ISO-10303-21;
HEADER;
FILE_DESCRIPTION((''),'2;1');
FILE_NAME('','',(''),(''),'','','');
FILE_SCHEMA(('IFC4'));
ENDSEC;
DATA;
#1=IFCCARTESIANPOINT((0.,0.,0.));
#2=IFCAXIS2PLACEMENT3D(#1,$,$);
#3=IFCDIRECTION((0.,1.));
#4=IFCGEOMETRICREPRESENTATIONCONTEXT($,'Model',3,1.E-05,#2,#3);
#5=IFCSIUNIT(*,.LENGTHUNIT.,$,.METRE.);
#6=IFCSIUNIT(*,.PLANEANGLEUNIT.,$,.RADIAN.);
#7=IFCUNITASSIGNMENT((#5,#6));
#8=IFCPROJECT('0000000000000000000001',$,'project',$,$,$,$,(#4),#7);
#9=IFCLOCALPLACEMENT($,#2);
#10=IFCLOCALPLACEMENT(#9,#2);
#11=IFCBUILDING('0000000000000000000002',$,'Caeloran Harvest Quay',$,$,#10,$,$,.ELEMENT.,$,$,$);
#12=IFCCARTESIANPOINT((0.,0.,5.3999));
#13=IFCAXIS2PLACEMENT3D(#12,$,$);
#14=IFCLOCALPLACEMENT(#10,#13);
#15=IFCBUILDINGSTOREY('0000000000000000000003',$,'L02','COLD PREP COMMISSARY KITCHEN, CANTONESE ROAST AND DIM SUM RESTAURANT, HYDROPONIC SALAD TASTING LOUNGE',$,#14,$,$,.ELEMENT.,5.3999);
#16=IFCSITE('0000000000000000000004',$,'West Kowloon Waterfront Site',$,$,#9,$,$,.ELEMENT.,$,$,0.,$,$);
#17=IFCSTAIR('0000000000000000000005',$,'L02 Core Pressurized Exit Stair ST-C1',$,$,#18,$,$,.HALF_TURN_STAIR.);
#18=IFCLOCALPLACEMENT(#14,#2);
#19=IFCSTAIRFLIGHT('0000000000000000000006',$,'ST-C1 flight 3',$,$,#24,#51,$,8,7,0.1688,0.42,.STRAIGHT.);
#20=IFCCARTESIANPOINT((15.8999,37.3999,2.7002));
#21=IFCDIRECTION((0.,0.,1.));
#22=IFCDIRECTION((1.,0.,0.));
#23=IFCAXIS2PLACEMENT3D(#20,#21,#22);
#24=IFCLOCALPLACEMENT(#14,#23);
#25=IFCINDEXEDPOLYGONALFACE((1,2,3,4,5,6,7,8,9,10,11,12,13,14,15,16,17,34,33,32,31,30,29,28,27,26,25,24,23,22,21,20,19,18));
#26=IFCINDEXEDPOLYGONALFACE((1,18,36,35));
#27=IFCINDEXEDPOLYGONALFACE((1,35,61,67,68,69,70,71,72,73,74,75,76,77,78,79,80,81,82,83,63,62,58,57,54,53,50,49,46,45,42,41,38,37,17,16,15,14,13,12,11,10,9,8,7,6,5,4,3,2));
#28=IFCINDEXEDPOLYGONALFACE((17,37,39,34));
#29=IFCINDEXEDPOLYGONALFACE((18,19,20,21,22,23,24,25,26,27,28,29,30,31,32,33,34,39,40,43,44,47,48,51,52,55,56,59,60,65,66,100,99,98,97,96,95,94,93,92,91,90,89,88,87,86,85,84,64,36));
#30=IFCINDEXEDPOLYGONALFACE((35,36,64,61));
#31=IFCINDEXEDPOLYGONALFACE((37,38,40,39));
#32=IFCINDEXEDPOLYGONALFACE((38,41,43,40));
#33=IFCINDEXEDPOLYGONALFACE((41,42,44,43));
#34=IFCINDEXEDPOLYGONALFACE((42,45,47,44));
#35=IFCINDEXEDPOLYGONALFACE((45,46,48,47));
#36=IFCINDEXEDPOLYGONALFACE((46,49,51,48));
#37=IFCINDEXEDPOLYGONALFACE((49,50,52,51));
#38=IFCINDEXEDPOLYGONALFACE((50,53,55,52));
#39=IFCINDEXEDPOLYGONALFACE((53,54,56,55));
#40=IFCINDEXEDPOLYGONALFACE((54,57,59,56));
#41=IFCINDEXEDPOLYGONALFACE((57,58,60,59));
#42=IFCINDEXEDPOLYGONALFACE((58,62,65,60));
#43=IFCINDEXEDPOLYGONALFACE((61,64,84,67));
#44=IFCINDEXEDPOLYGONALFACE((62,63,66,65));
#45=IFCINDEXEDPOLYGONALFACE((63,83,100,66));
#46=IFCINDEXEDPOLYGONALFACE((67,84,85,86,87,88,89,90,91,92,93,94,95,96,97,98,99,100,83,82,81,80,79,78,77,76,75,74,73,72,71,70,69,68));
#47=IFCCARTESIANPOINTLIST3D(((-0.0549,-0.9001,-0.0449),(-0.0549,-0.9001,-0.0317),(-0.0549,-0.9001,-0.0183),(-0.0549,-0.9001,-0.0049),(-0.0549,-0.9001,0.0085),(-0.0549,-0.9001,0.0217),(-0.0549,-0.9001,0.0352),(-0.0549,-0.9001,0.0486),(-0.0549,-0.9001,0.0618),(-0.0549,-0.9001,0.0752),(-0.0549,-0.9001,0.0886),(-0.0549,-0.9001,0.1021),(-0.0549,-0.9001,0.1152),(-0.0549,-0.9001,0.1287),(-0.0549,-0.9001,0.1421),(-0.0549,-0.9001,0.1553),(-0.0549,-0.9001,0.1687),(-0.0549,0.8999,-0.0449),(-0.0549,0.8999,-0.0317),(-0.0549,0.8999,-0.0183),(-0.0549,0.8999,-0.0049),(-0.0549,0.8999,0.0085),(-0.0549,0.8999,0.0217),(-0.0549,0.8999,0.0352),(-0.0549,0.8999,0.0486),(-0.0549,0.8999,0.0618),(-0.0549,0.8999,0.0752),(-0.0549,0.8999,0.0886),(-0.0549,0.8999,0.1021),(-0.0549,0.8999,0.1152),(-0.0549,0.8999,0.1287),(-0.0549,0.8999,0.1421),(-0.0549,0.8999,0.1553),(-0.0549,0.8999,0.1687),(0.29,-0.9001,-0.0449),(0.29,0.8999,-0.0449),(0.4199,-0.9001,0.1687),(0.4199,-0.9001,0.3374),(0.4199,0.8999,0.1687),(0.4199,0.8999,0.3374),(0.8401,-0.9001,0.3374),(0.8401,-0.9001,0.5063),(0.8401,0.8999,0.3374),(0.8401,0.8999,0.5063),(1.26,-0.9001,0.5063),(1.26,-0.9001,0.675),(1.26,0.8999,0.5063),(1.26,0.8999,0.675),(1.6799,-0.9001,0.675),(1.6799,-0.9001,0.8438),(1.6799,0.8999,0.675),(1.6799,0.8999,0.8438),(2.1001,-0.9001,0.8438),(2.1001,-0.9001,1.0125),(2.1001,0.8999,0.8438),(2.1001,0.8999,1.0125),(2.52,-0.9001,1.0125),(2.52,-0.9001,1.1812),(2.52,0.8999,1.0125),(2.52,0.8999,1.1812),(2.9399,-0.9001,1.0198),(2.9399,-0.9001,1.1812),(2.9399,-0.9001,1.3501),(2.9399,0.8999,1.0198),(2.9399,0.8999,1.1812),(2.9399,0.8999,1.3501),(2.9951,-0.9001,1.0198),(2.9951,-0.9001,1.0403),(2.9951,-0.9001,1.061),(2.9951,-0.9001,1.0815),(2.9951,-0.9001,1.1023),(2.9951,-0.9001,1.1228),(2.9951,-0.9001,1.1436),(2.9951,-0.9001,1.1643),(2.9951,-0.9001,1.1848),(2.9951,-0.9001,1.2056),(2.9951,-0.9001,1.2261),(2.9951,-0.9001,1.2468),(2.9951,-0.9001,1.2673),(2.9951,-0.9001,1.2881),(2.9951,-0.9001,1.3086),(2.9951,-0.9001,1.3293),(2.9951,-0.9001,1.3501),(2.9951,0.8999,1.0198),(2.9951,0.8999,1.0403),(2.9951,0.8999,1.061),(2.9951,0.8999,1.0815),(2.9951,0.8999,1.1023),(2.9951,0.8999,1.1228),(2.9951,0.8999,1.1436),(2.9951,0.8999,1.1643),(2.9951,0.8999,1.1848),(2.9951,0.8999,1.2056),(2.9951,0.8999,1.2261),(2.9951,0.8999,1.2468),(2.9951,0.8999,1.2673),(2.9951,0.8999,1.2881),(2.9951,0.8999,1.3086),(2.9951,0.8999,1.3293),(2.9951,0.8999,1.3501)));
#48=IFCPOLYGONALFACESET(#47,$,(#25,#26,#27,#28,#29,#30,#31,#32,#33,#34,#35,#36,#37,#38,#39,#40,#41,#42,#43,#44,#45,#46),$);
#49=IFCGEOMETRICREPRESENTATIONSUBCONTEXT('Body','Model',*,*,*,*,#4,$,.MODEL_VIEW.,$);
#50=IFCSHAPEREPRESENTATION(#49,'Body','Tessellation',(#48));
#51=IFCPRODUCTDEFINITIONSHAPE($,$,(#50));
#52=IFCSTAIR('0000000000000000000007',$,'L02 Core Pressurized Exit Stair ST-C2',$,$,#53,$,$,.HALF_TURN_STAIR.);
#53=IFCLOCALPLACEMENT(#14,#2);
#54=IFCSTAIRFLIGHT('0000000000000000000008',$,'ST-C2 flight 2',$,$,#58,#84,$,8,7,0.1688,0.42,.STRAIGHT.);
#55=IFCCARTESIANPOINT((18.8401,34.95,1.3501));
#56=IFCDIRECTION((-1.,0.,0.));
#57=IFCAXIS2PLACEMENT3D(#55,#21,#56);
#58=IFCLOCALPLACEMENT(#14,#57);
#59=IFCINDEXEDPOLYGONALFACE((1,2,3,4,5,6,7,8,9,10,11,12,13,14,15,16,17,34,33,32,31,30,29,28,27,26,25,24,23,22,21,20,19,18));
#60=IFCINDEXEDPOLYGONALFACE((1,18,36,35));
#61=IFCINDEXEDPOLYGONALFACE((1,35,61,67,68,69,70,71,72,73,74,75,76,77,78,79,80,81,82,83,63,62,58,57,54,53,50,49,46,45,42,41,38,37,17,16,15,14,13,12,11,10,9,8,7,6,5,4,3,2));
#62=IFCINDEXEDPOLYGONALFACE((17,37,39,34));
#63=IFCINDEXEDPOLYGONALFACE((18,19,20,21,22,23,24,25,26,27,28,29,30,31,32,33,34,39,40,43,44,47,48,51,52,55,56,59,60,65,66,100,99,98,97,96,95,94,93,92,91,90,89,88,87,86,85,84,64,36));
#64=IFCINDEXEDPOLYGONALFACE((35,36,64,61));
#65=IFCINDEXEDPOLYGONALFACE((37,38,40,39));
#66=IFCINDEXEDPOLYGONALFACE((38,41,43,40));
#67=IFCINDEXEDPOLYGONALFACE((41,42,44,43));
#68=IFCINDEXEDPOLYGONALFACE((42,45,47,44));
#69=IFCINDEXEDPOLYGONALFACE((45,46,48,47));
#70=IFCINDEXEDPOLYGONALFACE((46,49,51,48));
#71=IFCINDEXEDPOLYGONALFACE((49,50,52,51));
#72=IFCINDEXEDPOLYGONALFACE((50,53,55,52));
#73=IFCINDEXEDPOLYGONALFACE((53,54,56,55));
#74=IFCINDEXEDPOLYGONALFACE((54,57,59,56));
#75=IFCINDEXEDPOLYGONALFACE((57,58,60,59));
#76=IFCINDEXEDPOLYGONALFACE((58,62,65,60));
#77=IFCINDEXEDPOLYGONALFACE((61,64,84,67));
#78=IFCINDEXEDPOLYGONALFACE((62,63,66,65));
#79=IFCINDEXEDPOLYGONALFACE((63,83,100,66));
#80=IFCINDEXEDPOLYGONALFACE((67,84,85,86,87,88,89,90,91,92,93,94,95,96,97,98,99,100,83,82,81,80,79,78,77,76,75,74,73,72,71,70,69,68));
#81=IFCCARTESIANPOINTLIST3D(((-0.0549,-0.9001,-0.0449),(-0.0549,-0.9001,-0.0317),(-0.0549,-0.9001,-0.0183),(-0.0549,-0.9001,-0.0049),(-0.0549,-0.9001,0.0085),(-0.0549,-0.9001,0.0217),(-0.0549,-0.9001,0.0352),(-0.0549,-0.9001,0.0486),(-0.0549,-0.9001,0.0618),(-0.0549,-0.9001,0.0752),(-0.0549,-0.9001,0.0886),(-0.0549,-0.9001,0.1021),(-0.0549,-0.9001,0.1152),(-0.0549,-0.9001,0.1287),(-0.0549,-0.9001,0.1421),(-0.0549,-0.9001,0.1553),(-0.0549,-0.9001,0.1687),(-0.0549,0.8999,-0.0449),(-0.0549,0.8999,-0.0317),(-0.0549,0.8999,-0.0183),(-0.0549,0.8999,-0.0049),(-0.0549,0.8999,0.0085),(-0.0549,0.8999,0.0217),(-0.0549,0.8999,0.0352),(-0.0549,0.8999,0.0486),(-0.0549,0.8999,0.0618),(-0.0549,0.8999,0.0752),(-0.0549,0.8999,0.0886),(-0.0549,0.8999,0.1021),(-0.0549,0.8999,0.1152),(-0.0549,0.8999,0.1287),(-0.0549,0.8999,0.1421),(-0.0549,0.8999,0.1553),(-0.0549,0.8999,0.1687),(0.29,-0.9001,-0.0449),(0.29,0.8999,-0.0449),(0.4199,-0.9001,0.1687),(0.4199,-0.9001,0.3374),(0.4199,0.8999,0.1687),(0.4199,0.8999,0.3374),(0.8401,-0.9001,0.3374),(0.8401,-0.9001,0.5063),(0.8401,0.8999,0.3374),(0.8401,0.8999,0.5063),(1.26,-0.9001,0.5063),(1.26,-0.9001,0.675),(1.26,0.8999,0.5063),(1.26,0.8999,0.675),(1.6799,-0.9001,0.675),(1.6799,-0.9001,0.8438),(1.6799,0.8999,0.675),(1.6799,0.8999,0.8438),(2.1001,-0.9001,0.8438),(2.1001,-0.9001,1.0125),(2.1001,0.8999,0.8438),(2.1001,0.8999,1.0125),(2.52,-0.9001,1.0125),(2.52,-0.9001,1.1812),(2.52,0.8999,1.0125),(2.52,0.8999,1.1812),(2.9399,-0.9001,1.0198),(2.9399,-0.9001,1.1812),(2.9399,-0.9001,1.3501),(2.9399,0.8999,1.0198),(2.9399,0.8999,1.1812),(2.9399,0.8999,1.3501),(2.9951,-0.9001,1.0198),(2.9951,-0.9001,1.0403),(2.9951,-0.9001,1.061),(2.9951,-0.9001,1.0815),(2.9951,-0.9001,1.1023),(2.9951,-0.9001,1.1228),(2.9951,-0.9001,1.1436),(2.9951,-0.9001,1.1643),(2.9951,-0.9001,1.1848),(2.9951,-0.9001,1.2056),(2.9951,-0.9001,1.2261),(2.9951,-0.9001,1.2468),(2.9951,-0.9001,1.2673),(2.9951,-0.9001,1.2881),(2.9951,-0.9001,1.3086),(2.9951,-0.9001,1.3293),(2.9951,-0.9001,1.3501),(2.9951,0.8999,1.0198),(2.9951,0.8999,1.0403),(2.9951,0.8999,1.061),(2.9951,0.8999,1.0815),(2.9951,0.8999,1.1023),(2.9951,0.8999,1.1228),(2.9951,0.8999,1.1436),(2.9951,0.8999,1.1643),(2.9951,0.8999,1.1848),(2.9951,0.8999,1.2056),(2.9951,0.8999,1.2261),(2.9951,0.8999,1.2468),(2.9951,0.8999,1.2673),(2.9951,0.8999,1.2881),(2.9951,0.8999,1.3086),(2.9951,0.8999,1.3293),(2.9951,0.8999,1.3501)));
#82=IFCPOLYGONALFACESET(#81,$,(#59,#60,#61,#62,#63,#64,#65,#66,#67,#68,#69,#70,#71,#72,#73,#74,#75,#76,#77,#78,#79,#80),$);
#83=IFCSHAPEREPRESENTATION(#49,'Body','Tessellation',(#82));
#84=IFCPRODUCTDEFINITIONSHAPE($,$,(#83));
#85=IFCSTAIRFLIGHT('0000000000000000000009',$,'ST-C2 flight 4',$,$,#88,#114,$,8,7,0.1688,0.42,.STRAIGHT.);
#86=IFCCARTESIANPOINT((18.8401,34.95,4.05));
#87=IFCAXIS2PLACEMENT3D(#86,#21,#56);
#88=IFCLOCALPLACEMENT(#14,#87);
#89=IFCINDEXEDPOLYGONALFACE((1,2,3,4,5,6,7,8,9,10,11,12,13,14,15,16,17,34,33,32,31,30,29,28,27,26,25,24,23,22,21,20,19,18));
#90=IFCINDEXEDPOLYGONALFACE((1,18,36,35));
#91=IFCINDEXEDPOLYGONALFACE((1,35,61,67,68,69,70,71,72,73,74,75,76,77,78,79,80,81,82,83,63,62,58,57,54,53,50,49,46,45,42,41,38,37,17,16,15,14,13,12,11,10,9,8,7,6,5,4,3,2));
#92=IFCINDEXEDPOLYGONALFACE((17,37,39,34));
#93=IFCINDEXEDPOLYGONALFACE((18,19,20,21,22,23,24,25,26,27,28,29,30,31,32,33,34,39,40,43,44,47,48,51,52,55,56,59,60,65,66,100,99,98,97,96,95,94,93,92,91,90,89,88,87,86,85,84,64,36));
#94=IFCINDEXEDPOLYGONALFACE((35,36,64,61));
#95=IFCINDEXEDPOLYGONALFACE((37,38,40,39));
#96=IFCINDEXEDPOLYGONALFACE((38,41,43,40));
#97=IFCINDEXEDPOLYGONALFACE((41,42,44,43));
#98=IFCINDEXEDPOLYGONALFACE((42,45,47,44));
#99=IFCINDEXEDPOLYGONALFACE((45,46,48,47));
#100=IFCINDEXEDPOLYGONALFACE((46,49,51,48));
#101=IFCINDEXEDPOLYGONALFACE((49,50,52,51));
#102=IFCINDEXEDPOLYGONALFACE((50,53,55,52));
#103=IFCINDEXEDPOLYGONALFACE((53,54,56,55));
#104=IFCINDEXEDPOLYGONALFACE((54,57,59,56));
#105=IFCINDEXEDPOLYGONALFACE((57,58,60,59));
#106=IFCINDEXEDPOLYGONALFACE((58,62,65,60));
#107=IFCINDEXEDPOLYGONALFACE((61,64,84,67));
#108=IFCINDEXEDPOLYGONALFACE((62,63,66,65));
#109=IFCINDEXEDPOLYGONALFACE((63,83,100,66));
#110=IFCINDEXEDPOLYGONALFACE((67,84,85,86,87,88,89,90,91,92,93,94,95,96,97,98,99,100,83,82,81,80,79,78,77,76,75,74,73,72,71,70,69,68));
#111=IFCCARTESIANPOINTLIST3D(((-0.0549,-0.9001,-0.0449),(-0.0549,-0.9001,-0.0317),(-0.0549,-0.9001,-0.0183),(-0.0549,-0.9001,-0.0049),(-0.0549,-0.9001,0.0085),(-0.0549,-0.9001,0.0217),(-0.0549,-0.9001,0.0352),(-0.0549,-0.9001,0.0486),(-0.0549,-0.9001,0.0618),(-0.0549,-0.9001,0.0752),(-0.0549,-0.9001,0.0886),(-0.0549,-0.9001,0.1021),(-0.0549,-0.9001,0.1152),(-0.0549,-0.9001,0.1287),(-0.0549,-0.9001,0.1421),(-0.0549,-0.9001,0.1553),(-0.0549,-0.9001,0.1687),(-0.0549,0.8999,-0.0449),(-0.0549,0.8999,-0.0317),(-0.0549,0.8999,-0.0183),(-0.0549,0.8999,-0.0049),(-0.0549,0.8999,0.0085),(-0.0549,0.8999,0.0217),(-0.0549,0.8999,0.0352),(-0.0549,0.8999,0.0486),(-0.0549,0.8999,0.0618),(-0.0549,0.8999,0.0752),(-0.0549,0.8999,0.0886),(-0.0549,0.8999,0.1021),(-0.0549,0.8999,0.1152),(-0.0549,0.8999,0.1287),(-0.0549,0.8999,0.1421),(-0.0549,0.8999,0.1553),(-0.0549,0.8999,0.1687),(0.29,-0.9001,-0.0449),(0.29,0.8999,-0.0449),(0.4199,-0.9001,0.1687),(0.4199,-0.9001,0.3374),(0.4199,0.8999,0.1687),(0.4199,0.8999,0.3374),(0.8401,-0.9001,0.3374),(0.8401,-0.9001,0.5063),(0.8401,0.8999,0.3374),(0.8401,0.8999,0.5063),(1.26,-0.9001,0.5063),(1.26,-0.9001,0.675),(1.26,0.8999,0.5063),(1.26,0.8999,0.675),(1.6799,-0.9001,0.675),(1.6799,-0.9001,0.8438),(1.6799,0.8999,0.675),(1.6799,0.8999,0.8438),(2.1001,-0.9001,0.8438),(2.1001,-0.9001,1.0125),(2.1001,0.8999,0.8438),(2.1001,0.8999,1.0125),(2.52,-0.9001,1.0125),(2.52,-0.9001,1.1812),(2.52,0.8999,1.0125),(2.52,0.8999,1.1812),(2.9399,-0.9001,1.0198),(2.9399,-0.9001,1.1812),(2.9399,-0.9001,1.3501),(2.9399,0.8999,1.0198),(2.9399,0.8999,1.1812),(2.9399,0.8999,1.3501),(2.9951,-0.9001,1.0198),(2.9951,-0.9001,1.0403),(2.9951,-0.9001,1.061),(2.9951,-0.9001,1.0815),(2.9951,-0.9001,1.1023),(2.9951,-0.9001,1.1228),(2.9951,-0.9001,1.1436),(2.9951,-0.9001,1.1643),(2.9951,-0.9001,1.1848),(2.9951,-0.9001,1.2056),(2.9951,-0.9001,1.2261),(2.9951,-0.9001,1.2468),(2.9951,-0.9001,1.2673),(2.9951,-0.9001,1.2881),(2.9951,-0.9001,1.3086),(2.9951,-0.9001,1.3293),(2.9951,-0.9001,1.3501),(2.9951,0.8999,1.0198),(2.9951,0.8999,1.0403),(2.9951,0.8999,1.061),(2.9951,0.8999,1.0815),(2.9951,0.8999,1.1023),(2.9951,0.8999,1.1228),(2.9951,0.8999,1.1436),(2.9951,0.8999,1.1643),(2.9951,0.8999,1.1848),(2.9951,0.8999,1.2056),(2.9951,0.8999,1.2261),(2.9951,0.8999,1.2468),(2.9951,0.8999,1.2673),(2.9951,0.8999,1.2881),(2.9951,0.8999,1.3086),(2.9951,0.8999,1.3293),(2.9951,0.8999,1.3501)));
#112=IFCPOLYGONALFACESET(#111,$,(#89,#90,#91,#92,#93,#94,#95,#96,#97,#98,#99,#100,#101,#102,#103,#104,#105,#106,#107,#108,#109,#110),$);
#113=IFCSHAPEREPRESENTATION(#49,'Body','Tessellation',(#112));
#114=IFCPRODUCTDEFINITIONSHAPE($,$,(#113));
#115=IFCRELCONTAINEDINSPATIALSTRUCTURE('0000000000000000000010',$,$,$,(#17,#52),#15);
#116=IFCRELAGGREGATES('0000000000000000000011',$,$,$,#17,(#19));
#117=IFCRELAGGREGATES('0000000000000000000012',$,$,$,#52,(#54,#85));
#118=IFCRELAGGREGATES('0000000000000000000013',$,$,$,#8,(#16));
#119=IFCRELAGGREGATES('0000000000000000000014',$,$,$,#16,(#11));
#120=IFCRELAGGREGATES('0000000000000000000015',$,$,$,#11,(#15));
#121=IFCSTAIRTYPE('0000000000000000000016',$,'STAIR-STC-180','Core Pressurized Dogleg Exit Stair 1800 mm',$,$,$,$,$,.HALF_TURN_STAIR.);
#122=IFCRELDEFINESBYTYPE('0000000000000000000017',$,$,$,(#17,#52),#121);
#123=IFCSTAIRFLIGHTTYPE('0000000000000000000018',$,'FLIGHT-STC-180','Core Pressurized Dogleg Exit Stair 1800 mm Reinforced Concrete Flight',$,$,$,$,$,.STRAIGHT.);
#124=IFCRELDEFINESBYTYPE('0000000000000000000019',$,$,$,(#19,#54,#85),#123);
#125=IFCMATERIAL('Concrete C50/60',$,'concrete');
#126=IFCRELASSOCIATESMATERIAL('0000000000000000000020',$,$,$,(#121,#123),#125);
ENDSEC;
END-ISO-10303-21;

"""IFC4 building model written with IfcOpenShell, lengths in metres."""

from ifc_helpers import new_model, si_unit, direction, frame, origin, place, context, subcontext, project, spatial, polyline, outline, extrude, material, type_object, element, aggregate, save


model = new_model("IFC4")

# Units and contexts
model_context = context("Model", 3, precision=1e-05, world=origin(), true_north=direction((0.0, 1.0)))
body_context = subcontext(model_context, "Body", "Model", "MODEL_VIEW")
ifc_project = project(units=[si_unit("LENGTHUNIT", "METRE"), si_unit("PLANEANGLEUNIT", "RADIAN")], contexts=[model_context])

# Site, building, storey
site_placement = place(None, origin())
site = spatial("IfcSite", under=ifc_project, at=site_placement, Name="West Kowloon Waterfront Site", CompositionType="ELEMENT", RefElevation=0.0)
building_placement = place(site_placement, origin())
building = spatial("IfcBuilding", under=site, at=building_placement, Name="Caeloran Harvest Quay", CompositionType="ELEMENT")
storey_placement = place(building_placement, frame((0.0, 0.0, 5.3999)))
storey = spatial("IfcBuildingStorey", under=building, at=storey_placement, Name="L02", Description="COLD PREP COMMISSARY KITCHEN, CANTONESE ROAST AND DIM SUM RESTAURANT, HYDROPONIC SALAD TASTING LOUNGE", CompositionType="ELEMENT", Elevation=5.3999)

# Shared definitions
ifc_material_1 = material(Name="Concrete C50/60", Category="concrete")

# Stairs, stair flights
stair_type = type_object("IfcStairType", Name="STAIR-STC-180", Description="Core Pressurized Dogleg Exit Stair 1800 mm", PredefinedType="HALF_TURN_STAIR", material=ifc_material_1)
stair_1_placement = place(storey_placement, origin())
stair_1 = element("IfcStair", 1, at=stair_1_placement, inside=storey, type_object=stair_type, Name="L02 Core Pressurized Exit Stair ST-C1", PredefinedType="HALF_TURN_STAIR")
stair_flight_type = type_object("IfcStairFlightType", Name="FLIGHT-STC-180", Description="Core Pressurized Dogleg Exit Stair 1800 mm Reinforced Concrete Flight", PredefinedType="STRAIGHT", material=ifc_material_1)
stair_flight_1_placement = place(storey_placement, frame((15.8999, 37.3999, 2.7002), z_axis=(0.0, 0.0, 1.0), x_axis=(1.0, 0.0, 0.0)))
stair_flight_1 = element("IfcStairFlight", 2, at=stair_flight_1_placement, type_object=stair_flight_type, Name="ST-C1 flight 3", NumberOfRisers=8, NumberOfTreads=7, PredefinedType="STRAIGHT", RiserHeight=0.1688, TreadLength=0.42, context=body_context, shape_type="SweptSolid", body=[
    extrude(outline(polyline([(-0.0549, -0.0449), (-0.0549, -0.0317), (-0.0549, -0.0183), (-0.0549, -0.0049), (-0.0549, 0.0085), (-0.0549, 0.0217), (-0.0549, 0.0352), (-0.0549, 0.0486), (-0.0549, 0.0618), (-0.0549, 0.0752), (-0.0549, 0.0886), (-0.0549, 0.1021), (-0.0549, 0.1152), (-0.0549, 0.1287), (-0.0549, 0.1421), (-0.0549, 0.1553), (-0.0549, 0.1687), (0.4199, 0.1687), (0.4199, 0.3374), (0.8401, 0.3374), (0.8401, 0.5063), (1.26, 0.5063), (1.26, 0.675), (1.6799, 0.675), (1.6799, 0.8438), (2.1001, 0.8438), (2.1001, 1.0125), (2.52, 1.0125), (2.52, 1.1812), (2.9399, 1.1812), (2.9399, 1.3501), (2.9951, 1.3501), (2.9951, 1.3293), (2.9951, 1.3086), (2.9951, 1.2881), (2.9951, 1.2673), (2.9951, 1.2468), (2.9951, 1.2261), (2.9951, 1.2056), (2.9951, 1.1848), (2.9951, 1.1643), (2.9951, 1.1436), (2.9951, 1.1228), (2.9951, 1.1023), (2.9951, 1.0815), (2.9951, 1.061), (2.9951, 1.0403), (2.9951, 1.0198), (2.9399, 1.0198), (0.29, -0.0449), (-0.0549, -0.0449)])), frame((0.0, 0.8999, 0.0), z_axis=(0.0, -1.0, 0.0), x_axis=(1.0, 0.0, 0.0)), (0.0, 0.0, 1.0), 1.8),
])
aggregate(stair_1, [stair_flight_1])
stair_2_placement = place(storey_placement, origin())
stair_2 = element("IfcStair", 3, at=stair_2_placement, inside=storey, type_object=stair_type, Name="L02 Core Pressurized Exit Stair ST-C2", PredefinedType="HALF_TURN_STAIR")
stair_flight_2_placement = place(storey_placement, frame((18.8401, 34.95, 1.3501), z_axis=(0.0, 0.0, 1.0), x_axis=(-1.0, 0.0, 0.0)))
stair_flight_2 = element("IfcStairFlight", 4, at=stair_flight_2_placement, type_object=stair_flight_type, Name="ST-C2 flight 2", NumberOfRisers=8, NumberOfTreads=7, PredefinedType="STRAIGHT", RiserHeight=0.1688, TreadLength=0.42, context=body_context, shape_type="SweptSolid", body=[
    extrude(outline(polyline([(-0.0549, -0.0449), (-0.0549, -0.0317), (-0.0549, -0.0183), (-0.0549, -0.0049), (-0.0549, 0.0085), (-0.0549, 0.0217), (-0.0549, 0.0352), (-0.0549, 0.0486), (-0.0549, 0.0618), (-0.0549, 0.0752), (-0.0549, 0.0886), (-0.0549, 0.1021), (-0.0549, 0.1152), (-0.0549, 0.1287), (-0.0549, 0.1421), (-0.0549, 0.1553), (-0.0549, 0.1687), (0.4199, 0.1687), (0.4199, 0.3374), (0.8401, 0.3374), (0.8401, 0.5063), (1.26, 0.5063), (1.26, 0.675), (1.6799, 0.675), (1.6799, 0.8438), (2.1001, 0.8438), (2.1001, 1.0125), (2.52, 1.0125), (2.52, 1.1812), (2.9399, 1.1812), (2.9399, 1.3501), (2.9951, 1.3501), (2.9951, 1.3293), (2.9951, 1.3086), (2.9951, 1.2881), (2.9951, 1.2673), (2.9951, 1.2468), (2.9951, 1.2261), (2.9951, 1.2056), (2.9951, 1.1848), (2.9951, 1.1643), (2.9951, 1.1436), (2.9951, 1.1228), (2.9951, 1.1023), (2.9951, 1.0815), (2.9951, 1.061), (2.9951, 1.0403), (2.9951, 1.0198), (2.9399, 1.0198), (0.29, -0.0449), (-0.0549, -0.0449)])), frame((0.0, 0.8999, 0.0), z_axis=(0.0, -1.0, 0.0), x_axis=(1.0, 0.0, 0.0)), (0.0, 0.0, 1.0), 1.8),
])
stair_flight_3_placement = place(storey_placement, frame((18.8401, 34.95, 4.05), z_axis=(0.0, 0.0, 1.0), x_axis=(-1.0, 0.0, 0.0)))
stair_flight_3 = element("IfcStairFlight", 5, at=stair_flight_3_placement, type_object=stair_flight_type, Name="ST-C2 flight 4", NumberOfRisers=8, NumberOfTreads=7, PredefinedType="STRAIGHT", RiserHeight=0.1688, TreadLength=0.42, context=body_context, shape_type="SweptSolid", body=[
    extrude(outline(polyline([(-0.0549, -0.0449), (-0.0549, -0.0317), (-0.0549, -0.0183), (-0.0549, -0.0049), (-0.0549, 0.0085), (-0.0549, 0.0217), (-0.0549, 0.0352), (-0.0549, 0.0486), (-0.0549, 0.0618), (-0.0549, 0.0752), (-0.0549, 0.0886), (-0.0549, 0.1021), (-0.0549, 0.1152), (-0.0549, 0.1287), (-0.0549, 0.1421), (-0.0549, 0.1553), (-0.0549, 0.1687), (0.4199, 0.1687), (0.4199, 0.3374), (0.8401, 0.3374), (0.8401, 0.5063), (1.26, 0.5063), (1.26, 0.675), (1.6799, 0.675), (1.6799, 0.8438), (2.1001, 0.8438), (2.1001, 1.0125), (2.52, 1.0125), (2.52, 1.1812), (2.9399, 1.1812), (2.9399, 1.3501), (2.9951, 1.3501), (2.9951, 1.3293), (2.9951, 1.3086), (2.9951, 1.2881), (2.9951, 1.2673), (2.9951, 1.2468), (2.9951, 1.2261), (2.9951, 1.2056), (2.9951, 1.1848), (2.9951, 1.1643), (2.9951, 1.1436), (2.9951, 1.1228), (2.9951, 1.1023), (2.9951, 1.0815), (2.9951, 1.061), (2.9951, 1.0403), (2.9951, 1.0198), (2.9399, 1.0198), (0.29, -0.0449), (-0.0549, -0.0449)])), frame((0.0, 0.8999, 0.0), z_axis=(0.0, -1.0, 0.0), x_axis=(1.0, 0.0, 0.0)), (0.0, 0.0, 1.0), 1.8),
])
aggregate(stair_2, [stair_flight_2, stair_flight_3])

save(model, "model.ifc")
